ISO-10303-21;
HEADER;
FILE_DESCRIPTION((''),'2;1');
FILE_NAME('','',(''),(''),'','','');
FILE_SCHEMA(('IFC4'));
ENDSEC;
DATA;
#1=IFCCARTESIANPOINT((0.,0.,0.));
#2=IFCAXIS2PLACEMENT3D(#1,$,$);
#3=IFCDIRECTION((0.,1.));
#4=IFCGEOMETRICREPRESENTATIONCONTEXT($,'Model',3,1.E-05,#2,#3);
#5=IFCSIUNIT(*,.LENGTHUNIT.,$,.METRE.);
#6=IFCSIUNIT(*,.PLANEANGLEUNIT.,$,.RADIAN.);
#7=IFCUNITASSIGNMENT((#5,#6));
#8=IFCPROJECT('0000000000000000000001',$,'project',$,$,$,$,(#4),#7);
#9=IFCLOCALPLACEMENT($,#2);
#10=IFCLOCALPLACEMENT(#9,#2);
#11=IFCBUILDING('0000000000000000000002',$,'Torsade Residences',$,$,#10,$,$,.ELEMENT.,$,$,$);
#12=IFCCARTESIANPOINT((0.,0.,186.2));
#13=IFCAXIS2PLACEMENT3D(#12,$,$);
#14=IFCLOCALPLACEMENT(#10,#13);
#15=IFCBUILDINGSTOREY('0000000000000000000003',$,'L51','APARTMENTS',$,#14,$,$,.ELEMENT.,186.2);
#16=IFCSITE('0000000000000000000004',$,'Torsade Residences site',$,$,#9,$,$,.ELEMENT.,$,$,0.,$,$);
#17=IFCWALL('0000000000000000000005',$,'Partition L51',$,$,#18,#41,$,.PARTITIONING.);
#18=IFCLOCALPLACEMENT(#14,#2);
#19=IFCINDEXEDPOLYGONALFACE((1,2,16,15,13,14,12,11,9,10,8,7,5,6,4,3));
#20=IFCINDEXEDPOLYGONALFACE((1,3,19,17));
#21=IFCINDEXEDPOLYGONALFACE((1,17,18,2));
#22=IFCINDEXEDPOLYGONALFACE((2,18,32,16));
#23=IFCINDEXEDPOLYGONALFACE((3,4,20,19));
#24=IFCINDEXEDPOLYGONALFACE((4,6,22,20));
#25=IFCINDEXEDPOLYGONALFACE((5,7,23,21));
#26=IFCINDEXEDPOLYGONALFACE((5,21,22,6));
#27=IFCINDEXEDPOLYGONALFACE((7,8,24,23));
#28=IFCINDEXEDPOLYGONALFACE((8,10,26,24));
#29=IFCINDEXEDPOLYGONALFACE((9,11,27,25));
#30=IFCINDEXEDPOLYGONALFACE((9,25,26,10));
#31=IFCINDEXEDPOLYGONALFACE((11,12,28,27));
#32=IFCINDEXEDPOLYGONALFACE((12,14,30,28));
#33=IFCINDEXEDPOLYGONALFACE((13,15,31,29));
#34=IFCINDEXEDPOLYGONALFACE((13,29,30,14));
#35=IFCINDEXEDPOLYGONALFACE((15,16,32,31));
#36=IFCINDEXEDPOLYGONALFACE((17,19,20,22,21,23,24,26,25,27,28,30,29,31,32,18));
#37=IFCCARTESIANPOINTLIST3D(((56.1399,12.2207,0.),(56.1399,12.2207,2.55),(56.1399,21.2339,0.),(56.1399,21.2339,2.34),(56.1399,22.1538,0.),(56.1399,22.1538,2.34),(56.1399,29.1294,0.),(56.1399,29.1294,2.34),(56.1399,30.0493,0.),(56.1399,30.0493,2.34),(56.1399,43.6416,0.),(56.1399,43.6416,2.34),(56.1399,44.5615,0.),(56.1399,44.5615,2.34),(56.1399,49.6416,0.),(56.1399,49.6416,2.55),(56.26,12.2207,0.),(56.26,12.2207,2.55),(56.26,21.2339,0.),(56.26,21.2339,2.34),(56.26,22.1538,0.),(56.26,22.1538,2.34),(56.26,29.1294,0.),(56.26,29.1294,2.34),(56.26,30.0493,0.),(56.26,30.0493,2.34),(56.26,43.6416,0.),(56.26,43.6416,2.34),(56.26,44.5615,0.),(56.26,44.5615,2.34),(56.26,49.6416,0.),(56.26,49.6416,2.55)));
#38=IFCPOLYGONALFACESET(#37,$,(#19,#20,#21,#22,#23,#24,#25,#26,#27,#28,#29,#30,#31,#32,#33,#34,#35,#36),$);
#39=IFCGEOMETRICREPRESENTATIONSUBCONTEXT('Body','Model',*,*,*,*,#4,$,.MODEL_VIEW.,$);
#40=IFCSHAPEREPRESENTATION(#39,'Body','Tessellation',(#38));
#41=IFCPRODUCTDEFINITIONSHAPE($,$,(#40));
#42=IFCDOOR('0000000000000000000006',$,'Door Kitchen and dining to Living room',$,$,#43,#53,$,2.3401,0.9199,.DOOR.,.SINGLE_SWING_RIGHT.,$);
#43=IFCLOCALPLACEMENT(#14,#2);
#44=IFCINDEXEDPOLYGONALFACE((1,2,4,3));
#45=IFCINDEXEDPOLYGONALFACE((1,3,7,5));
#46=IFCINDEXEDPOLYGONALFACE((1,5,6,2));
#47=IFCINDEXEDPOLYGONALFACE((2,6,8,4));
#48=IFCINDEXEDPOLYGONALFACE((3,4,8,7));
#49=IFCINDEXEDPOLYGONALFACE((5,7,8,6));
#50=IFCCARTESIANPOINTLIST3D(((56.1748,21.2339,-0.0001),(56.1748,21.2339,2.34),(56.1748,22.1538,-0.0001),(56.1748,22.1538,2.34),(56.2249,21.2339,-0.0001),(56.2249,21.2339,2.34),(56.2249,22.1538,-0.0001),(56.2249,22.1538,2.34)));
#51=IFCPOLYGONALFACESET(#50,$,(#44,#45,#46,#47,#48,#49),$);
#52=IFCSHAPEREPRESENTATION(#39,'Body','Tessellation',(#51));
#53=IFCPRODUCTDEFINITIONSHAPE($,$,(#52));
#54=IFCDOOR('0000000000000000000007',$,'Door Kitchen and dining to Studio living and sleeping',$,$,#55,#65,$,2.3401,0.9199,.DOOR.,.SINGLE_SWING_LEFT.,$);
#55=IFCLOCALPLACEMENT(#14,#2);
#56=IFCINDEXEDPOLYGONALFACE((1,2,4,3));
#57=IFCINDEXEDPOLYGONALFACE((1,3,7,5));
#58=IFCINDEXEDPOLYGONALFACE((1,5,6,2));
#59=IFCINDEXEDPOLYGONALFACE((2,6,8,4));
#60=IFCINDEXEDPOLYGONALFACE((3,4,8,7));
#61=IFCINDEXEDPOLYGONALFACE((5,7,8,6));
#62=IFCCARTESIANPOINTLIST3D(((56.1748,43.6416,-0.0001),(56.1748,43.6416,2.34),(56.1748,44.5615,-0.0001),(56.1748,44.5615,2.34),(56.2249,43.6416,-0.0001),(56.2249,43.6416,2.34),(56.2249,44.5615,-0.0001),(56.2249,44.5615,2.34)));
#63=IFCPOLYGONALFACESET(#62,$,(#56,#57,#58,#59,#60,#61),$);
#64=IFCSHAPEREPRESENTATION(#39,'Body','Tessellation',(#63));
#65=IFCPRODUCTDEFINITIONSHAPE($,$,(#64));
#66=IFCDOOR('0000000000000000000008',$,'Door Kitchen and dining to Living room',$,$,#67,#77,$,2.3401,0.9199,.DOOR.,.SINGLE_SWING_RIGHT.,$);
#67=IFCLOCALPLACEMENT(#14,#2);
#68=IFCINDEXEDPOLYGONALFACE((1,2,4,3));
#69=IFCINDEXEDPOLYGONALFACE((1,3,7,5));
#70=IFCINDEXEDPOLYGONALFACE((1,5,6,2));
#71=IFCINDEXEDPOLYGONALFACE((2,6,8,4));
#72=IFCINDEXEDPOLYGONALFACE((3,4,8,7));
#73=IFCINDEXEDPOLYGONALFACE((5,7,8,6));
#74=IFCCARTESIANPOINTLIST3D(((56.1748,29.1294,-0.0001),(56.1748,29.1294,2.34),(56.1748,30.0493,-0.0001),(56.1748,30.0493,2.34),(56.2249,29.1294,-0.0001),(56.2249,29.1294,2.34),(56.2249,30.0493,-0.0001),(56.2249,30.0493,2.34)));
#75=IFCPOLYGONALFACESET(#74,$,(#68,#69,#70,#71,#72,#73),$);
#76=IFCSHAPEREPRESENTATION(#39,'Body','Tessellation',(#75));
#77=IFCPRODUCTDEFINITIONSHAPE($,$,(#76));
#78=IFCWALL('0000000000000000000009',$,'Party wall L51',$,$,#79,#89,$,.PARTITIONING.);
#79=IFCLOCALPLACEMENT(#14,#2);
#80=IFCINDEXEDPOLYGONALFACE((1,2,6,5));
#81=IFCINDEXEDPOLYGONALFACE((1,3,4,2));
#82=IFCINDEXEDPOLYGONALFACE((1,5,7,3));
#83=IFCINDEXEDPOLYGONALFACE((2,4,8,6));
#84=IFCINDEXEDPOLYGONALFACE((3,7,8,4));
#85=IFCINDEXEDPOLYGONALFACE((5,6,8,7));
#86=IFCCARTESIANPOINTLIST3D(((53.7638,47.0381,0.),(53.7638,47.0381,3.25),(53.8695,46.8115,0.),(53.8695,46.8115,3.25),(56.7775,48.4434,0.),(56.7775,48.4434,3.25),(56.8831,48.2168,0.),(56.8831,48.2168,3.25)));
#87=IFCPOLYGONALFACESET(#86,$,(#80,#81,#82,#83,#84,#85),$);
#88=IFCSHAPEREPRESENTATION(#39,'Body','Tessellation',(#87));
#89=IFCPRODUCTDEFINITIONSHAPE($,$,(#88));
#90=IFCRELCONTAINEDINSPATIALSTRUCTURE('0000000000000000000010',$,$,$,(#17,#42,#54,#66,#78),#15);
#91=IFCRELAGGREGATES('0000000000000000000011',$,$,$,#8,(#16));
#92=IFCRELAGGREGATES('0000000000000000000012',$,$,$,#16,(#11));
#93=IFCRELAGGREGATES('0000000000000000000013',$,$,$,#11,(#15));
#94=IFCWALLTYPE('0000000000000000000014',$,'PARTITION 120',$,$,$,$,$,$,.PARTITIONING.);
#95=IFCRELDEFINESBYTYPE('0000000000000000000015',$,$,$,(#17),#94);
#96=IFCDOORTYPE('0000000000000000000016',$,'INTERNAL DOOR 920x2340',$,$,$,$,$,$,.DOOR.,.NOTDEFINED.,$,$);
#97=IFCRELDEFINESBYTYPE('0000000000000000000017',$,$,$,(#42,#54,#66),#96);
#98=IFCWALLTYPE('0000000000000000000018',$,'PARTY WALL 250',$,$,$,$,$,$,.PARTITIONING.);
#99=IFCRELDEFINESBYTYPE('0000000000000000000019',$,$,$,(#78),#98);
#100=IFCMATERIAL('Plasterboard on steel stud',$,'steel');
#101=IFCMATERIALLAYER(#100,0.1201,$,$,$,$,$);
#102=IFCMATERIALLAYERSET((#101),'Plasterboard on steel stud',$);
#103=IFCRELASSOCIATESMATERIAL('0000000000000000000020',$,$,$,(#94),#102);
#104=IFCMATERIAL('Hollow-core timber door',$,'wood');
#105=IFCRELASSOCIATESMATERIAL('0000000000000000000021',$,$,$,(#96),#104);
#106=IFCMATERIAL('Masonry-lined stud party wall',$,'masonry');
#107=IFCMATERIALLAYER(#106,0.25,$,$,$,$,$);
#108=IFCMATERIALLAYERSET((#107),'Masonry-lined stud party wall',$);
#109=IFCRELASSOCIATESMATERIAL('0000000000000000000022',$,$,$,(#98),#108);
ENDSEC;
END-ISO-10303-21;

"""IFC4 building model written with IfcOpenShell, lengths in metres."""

from ifc_helpers import new_model, si_unit, direction, frame, frame_2d, origin, place, context, subcontext, project, spatial, rectangle, extrude, material, layer, layer_set, type_object, element, fill, save


model = new_model("IFC4")

# Units and contexts
model_context = context("Model", 3, precision=1e-05, world=origin(), true_north=direction((0.0, 1.0)))
body_context = subcontext(model_context, "Body", "Model", "MODEL_VIEW")
ifc_project = project(units=[si_unit("LENGTHUNIT", "METRE"), si_unit("PLANEANGLEUNIT", "RADIAN")], contexts=[model_context])

# Site, building, storey
site_placement = place(None, origin())
site = spatial("IfcSite", under=ifc_project, at=site_placement, Name="Torsade Residences site", CompositionType="ELEMENT", RefElevation=0.0)
building_placement = place(site_placement, origin())
building = spatial("IfcBuilding", under=site, at=building_placement, Name="Torsade Residences", CompositionType="ELEMENT")
storey_placement = place(building_placement, frame((0.0, 0.0, 186.2)))
storey = spatial("IfcBuildingStorey", under=building, at=storey_placement, Name="L51", Description="APARTMENTS", CompositionType="ELEMENT", Elevation=186.2)

# Wall, openings, doors
ifc_material_1 = material(Name="Plasterboard on steel stud", Category="steel")
ifc_layer_1 = layer(ifc_material_1, 0.1201)
ifc_layer_set_1 = layer_set([ifc_layer_1], Name="Plasterboard on steel stud")
wall_type_1 = type_object("IfcWallType", Name="PARTITION 120", PredefinedType="PARTITIONING", material=ifc_layer_set_1)
wall_1_placement = place(storey_placement, frame((56.2, 49.6416, 0.0), z_axis=(0.0, 0.0, 1.0), x_axis=(0.0, -1.0, 0.0)))
wall_1 = element("IfcWall", 1, at=wall_1_placement, inside=storey, type_object=wall_type_1, Name="Partition L51", PredefinedType="PARTITIONING", context=body_context, shape_type="SweptSolid", body=[
    extrude(rectangle(XDim=37.4209, YDim=0.1201, at=frame_2d((18.7104, 0.0))), origin(), (0.0, 0.0, 1.0), 2.55),
])
opening_1_placement = place(wall_1_placement, frame((27.4878, 0.0, 0.0)))
opening_1 = element("IfcOpeningElement", 2, at=opening_1_placement, cuts=wall_1, PredefinedType="OPENING", context=body_context, shape_type="SweptSolid", body=[
    extrude(rectangle(XDim=0.9199, YDim=2.3401, at=frame_2d((0.46, 1.1699))), frame((0.0, 0.0701, 0.0), z_axis=(0.0, -1.0, 0.0), x_axis=(1.0, 0.0, 0.0)), (0.0, 0.0, 1.0), 0.1401),
])
opening_2_placement = place(wall_1_placement, frame((5.0801, 0.0, 0.0)))
opening_2 = element("IfcOpeningElement", 3, at=opening_2_placement, cuts=wall_1, PredefinedType="OPENING", context=body_context, shape_type="SweptSolid", body=[
    extrude(rectangle(XDim=0.9199, YDim=2.3401, at=frame_2d((0.46, 1.1699))), frame((0.0, 0.0701, 0.0), z_axis=(0.0, -1.0, 0.0), x_axis=(1.0, 0.0, 0.0)), (0.0, 0.0, 1.0), 0.1401),
])
opening_3_placement = place(wall_1_placement, frame((19.5923, 0.0, 0.0)))
opening_3 = element("IfcOpeningElement", 4, at=opening_3_placement, cuts=wall_1, PredefinedType="OPENING", context=body_context, shape_type="SweptSolid", body=[
    extrude(rectangle(XDim=0.9199, YDim=2.3401, at=frame_2d((0.46, 1.1699))), frame((0.0, 0.0701, 0.0), z_axis=(0.0, -1.0, 0.0), x_axis=(1.0, 0.0, 0.0)), (0.0, 0.0, 1.0), 0.1401),
])
ifc_material_2 = material(Name="Hollow-core timber door", Category="wood")
door_type_1 = type_object("IfcDoorType", Name="INTERNAL DOOR 920x2340", OperationType="NOTDEFINED", PredefinedType="DOOR", material=ifc_material_2)
door_1_placement = place(opening_1_placement, origin())
door_1 = element("IfcDoor", 5, at=door_1_placement, inside=storey, type_object=door_type_1, Name="Door Kitchen and dining to Living room", OperationType="SINGLE_SWING_RIGHT", OverallHeight=2.3401, OverallWidth=0.9199, PredefinedType="DOOR", context=body_context, shape_type="SweptSolid", body=[
    extrude(rectangle(XDim=0.9199, YDim=2.3401, at=frame_2d((0.46, 1.1699))), frame((0.0, 0.0249, 0.0), z_axis=(0.0, -1.0, 0.0), x_axis=(1.0, 0.0, 0.0)), (0.0, 0.0, 1.0), 0.05),
])
fill(opening_1, door_1)
door_2_placement = place(opening_2_placement, origin())
door_2 = element("IfcDoor", 6, at=door_2_placement, inside=storey, type_object=door_type_1, Name="Door Kitchen and dining to Studio living and sleeping", OperationType="SINGLE_SWING_LEFT", OverallHeight=2.3401, OverallWidth=0.9199, PredefinedType="DOOR", context=body_context, shape_type="SweptSolid", body=[
    extrude(rectangle(XDim=0.9199, YDim=2.3401, at=frame_2d((0.46, 1.1699))), frame((0.0, 0.0249, 0.0), z_axis=(0.0, -1.0, 0.0), x_axis=(1.0, 0.0, 0.0)), (0.0, 0.0, 1.0), 0.05),
])
fill(opening_2, door_2)
door_3_placement = place(opening_3_placement, origin())
door_3 = element("IfcDoor", 7, at=door_3_placement, inside=storey, type_object=door_type_1, Name="Door Kitchen and dining to Living room", OperationType="SINGLE_SWING_RIGHT", OverallHeight=2.3401, OverallWidth=0.9199, PredefinedType="DOOR", context=body_context, shape_type="SweptSolid", body=[
    extrude(rectangle(XDim=0.9199, YDim=2.3401, at=frame_2d((0.46, 1.1699))), frame((0.0, 0.0249, 0.0), z_axis=(0.0, -1.0, 0.0), x_axis=(1.0, 0.0, 0.0)), (0.0, 0.0, 1.0), 0.05),
])
fill(opening_3, door_3)

# Wall
ifc_material_3 = material(Name="Masonry-lined stud party wall", Category="masonry")
ifc_layer_2 = layer(ifc_material_3, 0.25)
ifc_layer_set_2 = layer_set([ifc_layer_2], Name="Masonry-lined stud party wall")
wall_type_2 = type_object("IfcWallType", Name="PARTY WALL 250", PredefinedType="PARTITIONING", material=ifc_layer_set_2)
wall_2_placement = place(storey_placement, frame((56.8303, 48.3301, 0.0), z_axis=(0.0, 0.0, 1.0), x_axis=(-0.906311, -0.422612, 0.0)))
element("IfcWall", 8, at=wall_2_placement, inside=storey, type_object=wall_type_2, Name="Party wall L51", PredefinedType="PARTITIONING", context=body_context, shape_type="SweptSolid", body=[
    extrude(rectangle(XDim=3.3252, YDim=0.25, at=frame_2d((1.6626, 0.0))), origin(), (0.0, 0.0, 1.0), 3.25),
])

save(model, "model.ifc")
